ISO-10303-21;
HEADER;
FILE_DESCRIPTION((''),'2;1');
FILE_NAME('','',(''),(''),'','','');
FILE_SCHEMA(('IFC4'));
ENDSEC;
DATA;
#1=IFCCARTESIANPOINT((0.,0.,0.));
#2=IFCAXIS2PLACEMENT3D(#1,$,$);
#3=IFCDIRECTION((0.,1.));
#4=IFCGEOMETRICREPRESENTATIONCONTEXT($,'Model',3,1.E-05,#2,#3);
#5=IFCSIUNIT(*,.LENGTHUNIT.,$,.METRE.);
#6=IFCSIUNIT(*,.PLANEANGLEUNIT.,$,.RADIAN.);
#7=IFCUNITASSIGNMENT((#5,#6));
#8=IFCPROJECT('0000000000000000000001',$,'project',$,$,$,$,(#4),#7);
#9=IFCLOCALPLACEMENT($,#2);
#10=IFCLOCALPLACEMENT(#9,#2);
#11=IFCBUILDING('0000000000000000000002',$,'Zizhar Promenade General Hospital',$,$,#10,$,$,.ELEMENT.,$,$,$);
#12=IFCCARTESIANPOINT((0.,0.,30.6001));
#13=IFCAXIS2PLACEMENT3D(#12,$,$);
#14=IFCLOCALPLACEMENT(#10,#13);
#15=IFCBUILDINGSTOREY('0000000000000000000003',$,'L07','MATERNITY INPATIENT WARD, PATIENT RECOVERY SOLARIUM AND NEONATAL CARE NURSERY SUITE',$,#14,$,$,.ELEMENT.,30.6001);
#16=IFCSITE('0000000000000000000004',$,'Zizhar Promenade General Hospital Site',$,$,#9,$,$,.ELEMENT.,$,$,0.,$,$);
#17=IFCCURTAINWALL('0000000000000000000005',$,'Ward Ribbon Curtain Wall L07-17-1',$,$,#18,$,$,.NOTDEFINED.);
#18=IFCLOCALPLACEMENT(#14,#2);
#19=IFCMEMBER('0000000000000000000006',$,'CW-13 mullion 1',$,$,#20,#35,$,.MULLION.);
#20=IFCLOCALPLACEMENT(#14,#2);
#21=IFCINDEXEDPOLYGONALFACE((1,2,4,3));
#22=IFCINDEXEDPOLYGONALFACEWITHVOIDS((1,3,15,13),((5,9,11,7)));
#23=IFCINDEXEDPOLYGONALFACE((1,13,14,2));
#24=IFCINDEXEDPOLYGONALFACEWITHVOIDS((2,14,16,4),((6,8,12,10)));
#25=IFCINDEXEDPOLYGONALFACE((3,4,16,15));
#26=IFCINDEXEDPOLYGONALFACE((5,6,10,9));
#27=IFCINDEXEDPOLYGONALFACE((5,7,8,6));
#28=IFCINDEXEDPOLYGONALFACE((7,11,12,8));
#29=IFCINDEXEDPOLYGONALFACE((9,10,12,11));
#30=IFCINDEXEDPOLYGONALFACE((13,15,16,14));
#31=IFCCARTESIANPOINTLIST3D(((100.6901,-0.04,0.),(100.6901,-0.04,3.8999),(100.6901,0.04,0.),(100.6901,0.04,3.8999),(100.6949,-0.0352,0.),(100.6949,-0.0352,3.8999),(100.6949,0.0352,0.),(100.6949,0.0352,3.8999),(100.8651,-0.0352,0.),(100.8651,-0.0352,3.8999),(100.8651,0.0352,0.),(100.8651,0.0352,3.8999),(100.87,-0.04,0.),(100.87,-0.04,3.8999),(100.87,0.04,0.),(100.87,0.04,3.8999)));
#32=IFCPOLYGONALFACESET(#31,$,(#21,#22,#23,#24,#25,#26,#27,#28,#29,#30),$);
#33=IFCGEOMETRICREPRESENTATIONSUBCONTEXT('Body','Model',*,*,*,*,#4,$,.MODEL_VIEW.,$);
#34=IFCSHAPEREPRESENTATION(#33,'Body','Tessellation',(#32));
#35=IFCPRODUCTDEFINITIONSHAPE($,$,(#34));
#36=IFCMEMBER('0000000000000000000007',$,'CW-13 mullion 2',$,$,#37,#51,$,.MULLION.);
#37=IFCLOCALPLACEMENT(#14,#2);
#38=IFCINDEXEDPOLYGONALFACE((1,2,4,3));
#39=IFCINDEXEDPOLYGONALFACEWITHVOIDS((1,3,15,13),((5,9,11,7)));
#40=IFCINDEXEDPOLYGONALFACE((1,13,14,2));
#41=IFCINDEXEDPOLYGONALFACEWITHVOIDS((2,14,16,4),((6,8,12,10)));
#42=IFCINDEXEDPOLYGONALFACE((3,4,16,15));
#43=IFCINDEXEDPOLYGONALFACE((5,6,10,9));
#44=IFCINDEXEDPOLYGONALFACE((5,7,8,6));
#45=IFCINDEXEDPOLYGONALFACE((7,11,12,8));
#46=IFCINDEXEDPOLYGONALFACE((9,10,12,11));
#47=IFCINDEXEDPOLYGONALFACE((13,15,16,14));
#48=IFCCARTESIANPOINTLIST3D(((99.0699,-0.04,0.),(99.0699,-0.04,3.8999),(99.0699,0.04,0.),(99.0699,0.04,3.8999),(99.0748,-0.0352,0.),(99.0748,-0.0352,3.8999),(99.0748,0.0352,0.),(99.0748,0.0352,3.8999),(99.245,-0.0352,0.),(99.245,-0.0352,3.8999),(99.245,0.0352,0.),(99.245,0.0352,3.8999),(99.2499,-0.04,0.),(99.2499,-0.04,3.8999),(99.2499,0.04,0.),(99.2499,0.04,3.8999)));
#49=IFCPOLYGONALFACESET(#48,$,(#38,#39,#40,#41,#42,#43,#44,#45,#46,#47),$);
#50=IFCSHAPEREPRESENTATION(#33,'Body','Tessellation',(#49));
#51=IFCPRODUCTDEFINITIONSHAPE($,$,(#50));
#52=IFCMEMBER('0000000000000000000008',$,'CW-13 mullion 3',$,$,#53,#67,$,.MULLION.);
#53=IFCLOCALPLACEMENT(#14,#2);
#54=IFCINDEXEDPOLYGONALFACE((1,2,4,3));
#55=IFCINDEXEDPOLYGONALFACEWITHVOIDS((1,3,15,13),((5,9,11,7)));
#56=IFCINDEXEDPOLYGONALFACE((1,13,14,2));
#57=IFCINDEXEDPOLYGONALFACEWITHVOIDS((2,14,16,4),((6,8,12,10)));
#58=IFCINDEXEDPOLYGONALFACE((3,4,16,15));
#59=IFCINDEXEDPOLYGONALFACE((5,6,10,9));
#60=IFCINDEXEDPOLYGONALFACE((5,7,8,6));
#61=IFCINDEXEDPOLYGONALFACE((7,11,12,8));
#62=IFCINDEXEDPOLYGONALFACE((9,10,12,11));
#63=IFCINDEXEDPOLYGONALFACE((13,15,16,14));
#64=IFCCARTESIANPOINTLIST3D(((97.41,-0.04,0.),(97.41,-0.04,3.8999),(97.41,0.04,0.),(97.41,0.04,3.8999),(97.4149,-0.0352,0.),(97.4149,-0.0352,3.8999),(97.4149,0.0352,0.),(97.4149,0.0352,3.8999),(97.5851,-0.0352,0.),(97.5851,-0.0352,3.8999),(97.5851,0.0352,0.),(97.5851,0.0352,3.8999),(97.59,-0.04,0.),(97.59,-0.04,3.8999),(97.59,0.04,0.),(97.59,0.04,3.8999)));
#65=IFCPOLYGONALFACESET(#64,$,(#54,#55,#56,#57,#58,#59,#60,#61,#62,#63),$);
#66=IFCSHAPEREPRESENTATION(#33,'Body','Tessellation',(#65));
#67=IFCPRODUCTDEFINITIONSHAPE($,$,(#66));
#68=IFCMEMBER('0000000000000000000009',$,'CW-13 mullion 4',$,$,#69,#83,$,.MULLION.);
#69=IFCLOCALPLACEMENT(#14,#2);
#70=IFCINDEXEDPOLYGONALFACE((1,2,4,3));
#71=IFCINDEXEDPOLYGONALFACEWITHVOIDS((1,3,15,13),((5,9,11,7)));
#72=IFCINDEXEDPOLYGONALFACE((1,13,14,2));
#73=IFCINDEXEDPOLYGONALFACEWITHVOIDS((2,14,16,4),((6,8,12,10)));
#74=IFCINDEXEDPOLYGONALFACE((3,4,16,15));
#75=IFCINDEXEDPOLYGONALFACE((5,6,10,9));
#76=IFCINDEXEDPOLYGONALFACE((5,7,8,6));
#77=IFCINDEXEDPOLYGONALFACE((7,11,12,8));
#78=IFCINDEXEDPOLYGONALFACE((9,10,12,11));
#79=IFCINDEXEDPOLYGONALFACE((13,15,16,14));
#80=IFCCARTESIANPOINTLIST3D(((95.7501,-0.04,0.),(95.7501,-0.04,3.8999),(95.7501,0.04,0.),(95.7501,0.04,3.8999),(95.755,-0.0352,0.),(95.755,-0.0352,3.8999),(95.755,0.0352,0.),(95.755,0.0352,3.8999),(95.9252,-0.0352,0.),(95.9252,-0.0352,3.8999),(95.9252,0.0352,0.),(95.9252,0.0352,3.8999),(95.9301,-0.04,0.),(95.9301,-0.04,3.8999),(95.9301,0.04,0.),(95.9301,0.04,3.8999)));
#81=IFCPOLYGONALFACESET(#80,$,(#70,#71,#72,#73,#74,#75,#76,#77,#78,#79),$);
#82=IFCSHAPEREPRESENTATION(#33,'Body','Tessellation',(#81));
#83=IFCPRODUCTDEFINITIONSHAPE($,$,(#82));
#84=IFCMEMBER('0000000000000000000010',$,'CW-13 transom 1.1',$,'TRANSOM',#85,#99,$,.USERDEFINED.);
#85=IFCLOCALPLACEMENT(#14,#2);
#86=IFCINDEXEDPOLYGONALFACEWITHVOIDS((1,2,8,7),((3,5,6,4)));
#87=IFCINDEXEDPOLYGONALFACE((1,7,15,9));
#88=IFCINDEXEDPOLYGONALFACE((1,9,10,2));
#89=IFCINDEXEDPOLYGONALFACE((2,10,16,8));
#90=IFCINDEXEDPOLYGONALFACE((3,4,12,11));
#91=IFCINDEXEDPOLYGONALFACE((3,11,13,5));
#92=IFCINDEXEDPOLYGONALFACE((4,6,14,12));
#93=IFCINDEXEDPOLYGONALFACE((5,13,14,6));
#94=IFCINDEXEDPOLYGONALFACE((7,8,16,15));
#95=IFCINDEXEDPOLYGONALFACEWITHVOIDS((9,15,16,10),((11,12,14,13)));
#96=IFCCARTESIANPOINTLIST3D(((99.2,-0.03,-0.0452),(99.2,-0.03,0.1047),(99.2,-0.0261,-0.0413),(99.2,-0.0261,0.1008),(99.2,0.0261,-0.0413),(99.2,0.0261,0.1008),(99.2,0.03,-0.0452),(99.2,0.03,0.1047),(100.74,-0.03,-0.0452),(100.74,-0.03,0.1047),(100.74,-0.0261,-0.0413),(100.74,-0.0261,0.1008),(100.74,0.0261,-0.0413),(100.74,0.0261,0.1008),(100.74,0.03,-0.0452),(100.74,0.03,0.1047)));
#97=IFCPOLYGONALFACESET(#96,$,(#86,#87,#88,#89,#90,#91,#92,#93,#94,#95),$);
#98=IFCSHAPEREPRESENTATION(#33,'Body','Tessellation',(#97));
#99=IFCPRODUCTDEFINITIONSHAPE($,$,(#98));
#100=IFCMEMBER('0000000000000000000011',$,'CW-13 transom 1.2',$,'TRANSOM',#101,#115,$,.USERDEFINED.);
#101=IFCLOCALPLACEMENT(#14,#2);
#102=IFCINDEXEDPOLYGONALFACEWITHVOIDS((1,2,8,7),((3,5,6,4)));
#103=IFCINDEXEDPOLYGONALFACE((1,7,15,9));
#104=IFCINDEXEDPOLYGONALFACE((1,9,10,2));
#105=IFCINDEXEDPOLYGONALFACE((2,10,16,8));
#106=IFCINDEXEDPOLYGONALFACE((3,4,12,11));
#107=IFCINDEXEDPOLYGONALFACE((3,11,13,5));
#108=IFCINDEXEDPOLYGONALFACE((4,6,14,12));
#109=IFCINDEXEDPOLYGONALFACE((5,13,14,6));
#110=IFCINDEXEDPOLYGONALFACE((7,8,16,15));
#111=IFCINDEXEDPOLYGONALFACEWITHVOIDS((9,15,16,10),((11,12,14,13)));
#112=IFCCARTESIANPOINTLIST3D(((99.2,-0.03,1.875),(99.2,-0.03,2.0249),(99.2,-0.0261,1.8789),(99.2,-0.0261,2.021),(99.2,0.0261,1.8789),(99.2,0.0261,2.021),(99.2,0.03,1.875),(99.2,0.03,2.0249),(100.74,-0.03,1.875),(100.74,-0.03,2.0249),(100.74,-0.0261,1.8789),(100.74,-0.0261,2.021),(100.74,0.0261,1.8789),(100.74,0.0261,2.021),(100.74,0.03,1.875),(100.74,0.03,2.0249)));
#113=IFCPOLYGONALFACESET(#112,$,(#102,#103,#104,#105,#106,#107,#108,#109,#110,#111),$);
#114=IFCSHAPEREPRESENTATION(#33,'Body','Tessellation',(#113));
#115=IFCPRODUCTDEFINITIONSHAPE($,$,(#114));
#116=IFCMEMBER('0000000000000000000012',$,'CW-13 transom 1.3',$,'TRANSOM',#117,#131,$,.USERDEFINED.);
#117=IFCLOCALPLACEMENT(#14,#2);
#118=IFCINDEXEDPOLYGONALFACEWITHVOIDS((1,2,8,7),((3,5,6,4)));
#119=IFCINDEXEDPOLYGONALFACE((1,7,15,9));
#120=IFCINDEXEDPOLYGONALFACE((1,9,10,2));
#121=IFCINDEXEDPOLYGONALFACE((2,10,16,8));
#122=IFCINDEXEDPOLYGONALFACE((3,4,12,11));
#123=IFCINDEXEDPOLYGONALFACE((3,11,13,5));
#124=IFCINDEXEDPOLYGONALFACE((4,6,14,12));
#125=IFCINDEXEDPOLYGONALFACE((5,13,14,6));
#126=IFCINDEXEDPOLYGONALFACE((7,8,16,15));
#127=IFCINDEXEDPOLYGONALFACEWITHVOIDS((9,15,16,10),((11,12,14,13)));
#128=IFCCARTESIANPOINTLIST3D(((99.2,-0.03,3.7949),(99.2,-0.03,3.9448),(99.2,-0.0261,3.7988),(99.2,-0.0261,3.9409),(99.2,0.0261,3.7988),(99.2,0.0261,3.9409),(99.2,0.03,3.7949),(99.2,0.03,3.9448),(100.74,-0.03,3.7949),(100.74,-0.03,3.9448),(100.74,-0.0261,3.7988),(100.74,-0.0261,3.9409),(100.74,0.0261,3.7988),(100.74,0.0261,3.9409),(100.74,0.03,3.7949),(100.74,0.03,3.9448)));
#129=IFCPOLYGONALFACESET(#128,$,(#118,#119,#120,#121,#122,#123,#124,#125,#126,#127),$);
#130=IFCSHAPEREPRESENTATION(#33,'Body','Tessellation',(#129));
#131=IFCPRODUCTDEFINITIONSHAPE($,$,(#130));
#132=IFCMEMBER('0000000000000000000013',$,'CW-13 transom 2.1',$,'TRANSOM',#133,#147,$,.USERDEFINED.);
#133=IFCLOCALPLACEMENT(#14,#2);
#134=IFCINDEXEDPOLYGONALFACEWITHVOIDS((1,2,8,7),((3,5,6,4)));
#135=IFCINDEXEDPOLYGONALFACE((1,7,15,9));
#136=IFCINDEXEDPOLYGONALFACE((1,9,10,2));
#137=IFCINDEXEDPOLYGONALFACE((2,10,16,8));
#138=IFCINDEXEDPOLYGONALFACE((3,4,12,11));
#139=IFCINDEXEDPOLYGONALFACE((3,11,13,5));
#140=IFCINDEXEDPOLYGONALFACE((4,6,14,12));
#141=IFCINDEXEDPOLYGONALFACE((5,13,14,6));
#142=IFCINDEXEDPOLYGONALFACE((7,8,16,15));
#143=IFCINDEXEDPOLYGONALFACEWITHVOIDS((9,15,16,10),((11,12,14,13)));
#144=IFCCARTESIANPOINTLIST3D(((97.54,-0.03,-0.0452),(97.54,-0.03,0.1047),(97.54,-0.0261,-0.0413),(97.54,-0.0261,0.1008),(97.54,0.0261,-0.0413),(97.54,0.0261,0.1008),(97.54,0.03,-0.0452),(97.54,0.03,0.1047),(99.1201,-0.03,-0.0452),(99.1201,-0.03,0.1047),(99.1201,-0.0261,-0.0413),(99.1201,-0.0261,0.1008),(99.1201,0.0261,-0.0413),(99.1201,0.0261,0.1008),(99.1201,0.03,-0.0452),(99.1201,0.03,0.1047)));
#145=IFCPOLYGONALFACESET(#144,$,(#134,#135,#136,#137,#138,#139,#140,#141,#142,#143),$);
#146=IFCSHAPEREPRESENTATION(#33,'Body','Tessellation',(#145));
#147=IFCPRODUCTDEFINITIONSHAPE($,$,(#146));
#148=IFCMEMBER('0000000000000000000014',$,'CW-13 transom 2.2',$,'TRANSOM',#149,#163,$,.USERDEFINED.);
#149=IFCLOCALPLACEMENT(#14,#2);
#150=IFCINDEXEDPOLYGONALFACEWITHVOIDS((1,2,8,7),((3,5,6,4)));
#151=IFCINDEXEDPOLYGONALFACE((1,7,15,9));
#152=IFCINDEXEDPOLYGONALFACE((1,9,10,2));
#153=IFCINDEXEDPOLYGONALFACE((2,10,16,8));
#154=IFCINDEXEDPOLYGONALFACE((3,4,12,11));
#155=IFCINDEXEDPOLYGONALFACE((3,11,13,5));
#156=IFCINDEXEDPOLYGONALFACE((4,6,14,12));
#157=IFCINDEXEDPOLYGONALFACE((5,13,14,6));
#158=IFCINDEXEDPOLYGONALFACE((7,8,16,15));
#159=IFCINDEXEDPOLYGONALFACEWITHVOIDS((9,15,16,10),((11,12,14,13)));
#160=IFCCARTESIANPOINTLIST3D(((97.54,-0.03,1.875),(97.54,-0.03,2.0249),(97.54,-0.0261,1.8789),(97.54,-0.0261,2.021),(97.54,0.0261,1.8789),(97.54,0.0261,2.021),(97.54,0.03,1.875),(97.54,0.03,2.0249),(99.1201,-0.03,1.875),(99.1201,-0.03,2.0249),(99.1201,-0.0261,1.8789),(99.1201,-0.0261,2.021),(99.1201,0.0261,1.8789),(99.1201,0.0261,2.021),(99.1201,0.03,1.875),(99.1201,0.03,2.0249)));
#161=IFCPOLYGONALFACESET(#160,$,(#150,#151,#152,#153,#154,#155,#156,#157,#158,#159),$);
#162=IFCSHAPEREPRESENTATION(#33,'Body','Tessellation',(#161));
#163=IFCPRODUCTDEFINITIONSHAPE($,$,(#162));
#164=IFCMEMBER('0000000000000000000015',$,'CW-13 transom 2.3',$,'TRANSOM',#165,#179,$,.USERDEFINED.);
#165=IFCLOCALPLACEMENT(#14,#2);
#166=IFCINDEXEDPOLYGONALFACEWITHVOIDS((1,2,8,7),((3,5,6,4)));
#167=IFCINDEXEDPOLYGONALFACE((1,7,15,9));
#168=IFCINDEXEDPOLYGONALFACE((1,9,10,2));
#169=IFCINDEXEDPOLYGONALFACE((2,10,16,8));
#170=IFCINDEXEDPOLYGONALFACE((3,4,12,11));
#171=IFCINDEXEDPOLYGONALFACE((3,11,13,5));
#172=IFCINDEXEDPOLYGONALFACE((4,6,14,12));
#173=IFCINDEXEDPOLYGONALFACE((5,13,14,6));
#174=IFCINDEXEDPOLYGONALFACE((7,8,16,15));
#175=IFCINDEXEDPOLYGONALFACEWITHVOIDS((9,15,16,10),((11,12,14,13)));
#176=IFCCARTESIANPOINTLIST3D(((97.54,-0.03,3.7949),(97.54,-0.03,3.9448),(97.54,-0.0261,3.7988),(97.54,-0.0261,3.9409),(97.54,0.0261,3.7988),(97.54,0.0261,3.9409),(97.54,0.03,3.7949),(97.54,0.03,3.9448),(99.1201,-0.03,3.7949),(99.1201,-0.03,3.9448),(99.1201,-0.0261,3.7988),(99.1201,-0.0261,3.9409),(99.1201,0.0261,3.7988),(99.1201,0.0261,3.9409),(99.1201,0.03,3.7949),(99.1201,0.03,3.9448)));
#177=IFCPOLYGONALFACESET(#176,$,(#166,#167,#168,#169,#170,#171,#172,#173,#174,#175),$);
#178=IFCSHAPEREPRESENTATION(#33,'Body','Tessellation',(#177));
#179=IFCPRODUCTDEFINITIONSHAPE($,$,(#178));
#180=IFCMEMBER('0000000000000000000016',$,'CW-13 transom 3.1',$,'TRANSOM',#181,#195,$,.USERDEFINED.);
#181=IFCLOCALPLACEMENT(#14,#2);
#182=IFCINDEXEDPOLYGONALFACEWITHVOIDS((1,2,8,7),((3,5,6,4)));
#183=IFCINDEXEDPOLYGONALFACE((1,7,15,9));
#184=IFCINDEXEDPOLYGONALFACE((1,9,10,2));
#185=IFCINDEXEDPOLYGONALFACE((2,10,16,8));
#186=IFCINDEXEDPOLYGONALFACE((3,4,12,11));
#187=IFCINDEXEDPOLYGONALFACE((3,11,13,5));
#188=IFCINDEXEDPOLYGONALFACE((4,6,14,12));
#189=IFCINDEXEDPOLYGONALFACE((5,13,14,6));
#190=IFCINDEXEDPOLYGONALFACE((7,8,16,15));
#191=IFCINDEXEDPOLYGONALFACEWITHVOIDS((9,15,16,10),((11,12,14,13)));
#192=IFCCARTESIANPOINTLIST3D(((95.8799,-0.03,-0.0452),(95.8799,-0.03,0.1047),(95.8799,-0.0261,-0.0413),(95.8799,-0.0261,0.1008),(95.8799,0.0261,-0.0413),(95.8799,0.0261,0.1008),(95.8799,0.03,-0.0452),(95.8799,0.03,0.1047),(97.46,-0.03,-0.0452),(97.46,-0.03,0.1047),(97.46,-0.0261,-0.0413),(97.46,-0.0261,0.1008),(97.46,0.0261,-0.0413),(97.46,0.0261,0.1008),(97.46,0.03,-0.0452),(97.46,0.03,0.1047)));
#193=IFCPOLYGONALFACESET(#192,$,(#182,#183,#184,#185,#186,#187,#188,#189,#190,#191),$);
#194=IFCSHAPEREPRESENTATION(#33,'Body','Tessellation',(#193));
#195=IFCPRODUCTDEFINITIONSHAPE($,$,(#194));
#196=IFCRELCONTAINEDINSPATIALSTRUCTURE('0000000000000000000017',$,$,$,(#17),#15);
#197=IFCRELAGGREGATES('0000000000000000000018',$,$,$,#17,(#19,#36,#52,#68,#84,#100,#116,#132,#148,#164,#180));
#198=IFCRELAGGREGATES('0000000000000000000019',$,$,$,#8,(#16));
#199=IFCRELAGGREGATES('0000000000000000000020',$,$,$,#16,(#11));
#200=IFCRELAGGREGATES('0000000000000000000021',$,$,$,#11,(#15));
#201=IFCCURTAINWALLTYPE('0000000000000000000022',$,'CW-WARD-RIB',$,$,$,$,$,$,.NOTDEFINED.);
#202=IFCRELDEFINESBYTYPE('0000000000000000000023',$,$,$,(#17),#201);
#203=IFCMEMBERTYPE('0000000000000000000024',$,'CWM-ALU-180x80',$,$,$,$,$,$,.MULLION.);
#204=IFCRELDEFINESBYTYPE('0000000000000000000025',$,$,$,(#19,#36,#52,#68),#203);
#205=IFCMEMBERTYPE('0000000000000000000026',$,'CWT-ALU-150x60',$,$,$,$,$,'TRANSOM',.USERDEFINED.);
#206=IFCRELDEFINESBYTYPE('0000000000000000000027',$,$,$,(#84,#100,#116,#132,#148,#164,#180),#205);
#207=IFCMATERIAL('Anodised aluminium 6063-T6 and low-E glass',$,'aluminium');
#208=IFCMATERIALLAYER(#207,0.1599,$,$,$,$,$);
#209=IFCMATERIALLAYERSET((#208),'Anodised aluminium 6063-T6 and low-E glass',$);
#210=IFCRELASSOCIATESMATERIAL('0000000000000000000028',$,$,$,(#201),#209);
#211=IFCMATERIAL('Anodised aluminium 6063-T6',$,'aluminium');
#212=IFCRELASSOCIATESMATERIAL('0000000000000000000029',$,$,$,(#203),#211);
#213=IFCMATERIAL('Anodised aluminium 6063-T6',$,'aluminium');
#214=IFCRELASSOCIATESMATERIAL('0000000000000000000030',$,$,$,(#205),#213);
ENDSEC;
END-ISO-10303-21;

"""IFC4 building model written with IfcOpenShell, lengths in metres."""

from ifc_helpers import new_model, si_unit, direction, frame, origin, origin_2d, place, context, subcontext, project, spatial, hollow_rectangle, extrude, material, layer, layer_set, material_profile, profile_set, type_object, element, aggregate, save


model = new_model("IFC4")

# Units and contexts
model_context = context("Model", 3, precision=1e-05, world=origin(), true_north=direction((0.0, 1.0)))
body_context = subcontext(model_context, "Body", "Model", "MODEL_VIEW")
ifc_project = project(units=[si_unit("LENGTHUNIT", "METRE"), si_unit("PLANEANGLEUNIT", "RADIAN")], contexts=[model_context])

# Site, building, storey
site_placement = place(None, origin())
site = spatial("IfcSite", under=ifc_project, at=site_placement, Name="Zizhar Promenade General Hospital Site", CompositionType="ELEMENT", RefElevation=0.0)
building_placement = place(site_placement, origin())
building = spatial("IfcBuilding", under=site, at=building_placement, Name="Zizhar Promenade General Hospital", CompositionType="ELEMENT")
storey_placement = place(building_placement, frame((0.0, 0.0, 30.6001)))
storey = spatial("IfcBuildingStorey", under=building, at=storey_placement, Name="L07", Description="MATERNITY INPATIENT WARD, PATIENT RECOVERY SOLARIUM AND NEONATAL CARE NURSERY SUITE", CompositionType="ELEMENT", Elevation=30.6001)

# Curtain wall, members
ifc_material_1 = material(Name="Anodised aluminium 6063-T6 and low-E glass", Category="aluminium")
ifc_layer_1 = layer(ifc_material_1, 0.1599)
ifc_layer_set_1 = layer_set([ifc_layer_1], Name="Anodised aluminium 6063-T6 and low-E glass")
curtain_wall_type = type_object("IfcCurtainWallType", Name="CW-WARD-RIB", PredefinedType="NOTDEFINED", material=ifc_layer_set_1)
curtain_wall_placement = place(storey_placement, origin())
curtain_wall = element("IfcCurtainWall", 1, at=curtain_wall_placement, inside=storey, type_object=curtain_wall_type, Name="Ward Ribbon Curtain Wall L07-17-1", PredefinedType="NOTDEFINED")
ifc_material_2 = material(Name="Anodised aluminium 6063-T6", Category="aluminium")
ifc_material_profile_1 = material_profile(ifc_material_2, hollow_rectangle(XDim=0.0801, YDim=0.1799, WallThickness=0.0049, at=origin_2d()))
ifc_profile_set_1 = profile_set([ifc_material_profile_1], Name="Anodised aluminium 6063-T6")
member_type_1 = type_object("IfcMemberType", Name="CWM-ALU-180x80", PredefinedType="MULLION", material=ifc_profile_set_1)
member_1_placement = place(storey_placement, frame((100.78, 0.0, 0.0), z_axis=(0.0, 0.0, 1.0), x_axis=(0.0, -1.0, 0.0)))
member_1 = element("IfcMember", 2, at=member_1_placement, type_object=member_type_1, Name="CW-13 mullion 1", PredefinedType="MULLION", context=body_context, shape_type="SweptSolid", body=[
    extrude(hollow_rectangle(XDim=0.0801, YDim=0.1799, WallThickness=0.0049, at=origin_2d()), origin(), (0.0, 0.0, 1.0), 3.8999),
])
member_2_placement = place(storey_placement, frame((99.1599, 0.0, 0.0), z_axis=(0.0, 0.0, 1.0), x_axis=(0.0, -1.0, 0.0)))
member_2 = element("IfcMember", 3, at=member_2_placement, type_object=member_type_1, Name="CW-13 mullion 2", PredefinedType="MULLION", context=body_context, shape_type="SweptSolid", body=[
    extrude(hollow_rectangle(XDim=0.0801, YDim=0.1799, WallThickness=0.0049, at=origin_2d()), origin(), (0.0, 0.0, 1.0), 3.8999),
])
member_3_placement = place(storey_placement, frame((97.5, 0.0, 0.0), z_axis=(0.0, 0.0, 1.0), x_axis=(0.0, -1.0, 0.0)))
member_3 = element("IfcMember", 4, at=member_3_placement, type_object=member_type_1, Name="CW-13 mullion 3", PredefinedType="MULLION", context=body_context, shape_type="SweptSolid", body=[
    extrude(hollow_rectangle(XDim=0.0801, YDim=0.1799, WallThickness=0.0049, at=origin_2d()), origin(), (0.0, 0.0, 1.0), 3.8999),
])
member_4_placement = place(storey_placement, frame((95.8401, 0.0, 0.0), z_axis=(0.0, 0.0, 1.0), x_axis=(0.0, -1.0, 0.0)))
member_4 = element("IfcMember", 5, at=member_4_placement, type_object=member_type_1, Name="CW-13 mullion 4", PredefinedType="MULLION", context=body_context, shape_type="SweptSolid", body=[
    extrude(hollow_rectangle(XDim=0.0801, YDim=0.1799, WallThickness=0.0049, at=origin_2d()), origin(), (0.0, 0.0, 1.0), 3.8999),
])
ifc_material_3 = material(Name="Anodised aluminium 6063-T6", Category="aluminium")
ifc_material_profile_2 = material_profile(ifc_material_3, hollow_rectangle(XDim=0.0601, YDim=0.1499, WallThickness=0.0039, at=origin_2d()))
ifc_profile_set_2 = profile_set([ifc_material_profile_2], Name="Anodised aluminium 6063-T6")
member_type_2 = type_object("IfcMemberType", Name="CWT-ALU-150x60", ElementType="TRANSOM", PredefinedType="USERDEFINED", material=ifc_profile_set_2)
member_5_placement = place(storey_placement, frame((100.74, 0.0, 0.0298), z_axis=(-1.0, 0.0, 0.0), x_axis=(0.0, -1.0, 0.0)))
member_5 = element("IfcMember", 6, at=member_5_placement, type_object=member_type_2, Name="CW-13 transom 1.1", ObjectType="TRANSOM", PredefinedType="USERDEFINED", context=body_context, shape_type="SweptSolid", body=[
    extrude(hollow_rectangle(XDim=0.0601, YDim=0.1499, WallThickness=0.0039, at=origin_2d()), origin(), (0.0, 0.0, 1.0), 1.54),
])
member_6_placement = place(storey_placement, frame((100.74, 0.0, 1.95), z_axis=(-1.0, 0.0, 0.0), x_axis=(0.0, -1.0, 0.0)))
member_6 = element("IfcMember", 7, at=member_6_placement, type_object=member_type_2, Name="CW-13 transom 1.2", ObjectType="TRANSOM", PredefinedType="USERDEFINED", context=body_context, shape_type="SweptSolid", body=[
    extrude(hollow_rectangle(XDim=0.0601, YDim=0.1499, WallThickness=0.0039, at=origin_2d()), origin(), (0.0, 0.0, 1.0), 1.54),
])
member_7_placement = place(storey_placement, frame((100.74, 0.0, 3.8699), z_axis=(-1.0, 0.0, 0.0), x_axis=(0.0, -1.0, 0.0)))
member_7 = element("IfcMember", 8, at=member_7_placement, type_object=member_type_2, Name="CW-13 transom 1.3", ObjectType="TRANSOM", PredefinedType="USERDEFINED", context=body_context, shape_type="SweptSolid", body=[
    extrude(hollow_rectangle(XDim=0.0601, YDim=0.1499, WallThickness=0.0039, at=origin_2d()), origin(), (0.0, 0.0, 1.0), 1.54),
])
member_8_placement = place(storey_placement, frame((99.1201, 0.0, 0.0298), z_axis=(-1.0, 0.0, 0.0), x_axis=(0.0, -1.0, 0.0)))
member_8 = element("IfcMember", 9, at=member_8_placement, type_object=member_type_2, Name="CW-13 transom 2.1", ObjectType="TRANSOM", PredefinedType="USERDEFINED", context=body_context, shape_type="SweptSolid", body=[
    extrude(hollow_rectangle(XDim=0.0601, YDim=0.1499, WallThickness=0.0039, at=origin_2d()), origin(), (0.0, 0.0, 1.0), 1.5801),
])
member_9_placement = place(storey_placement, frame((99.1201, 0.0, 1.95), z_axis=(-1.0, 0.0, 0.0), x_axis=(0.0, -1.0, 0.0)))
member_9 = element("IfcMember", 10, at=member_9_placement, type_object=member_type_2, Name="CW-13 transom 2.2", ObjectType="TRANSOM", PredefinedType="USERDEFINED", context=body_context, shape_type="SweptSolid", body=[
    extrude(hollow_rectangle(XDim=0.0601, YDim=0.1499, WallThickness=0.0039, at=origin_2d()), origin(), (0.0, 0.0, 1.0), 1.5801),
])
member_10_placement = place(storey_placement, frame((99.1201, 0.0, 3.8699), z_axis=(-1.0, 0.0, 0.0), x_axis=(0.0, -1.0, 0.0)))
member_10 = element("IfcMember", 11, at=member_10_placement, type_object=member_type_2, Name="CW-13 transom 2.3", ObjectType="TRANSOM", PredefinedType="USERDEFINED", context=body_context, shape_type="SweptSolid", body=[
    extrude(hollow_rectangle(XDim=0.0601, YDim=0.1499, WallThickness=0.0039, at=origin_2d()), origin(), (0.0, 0.0, 1.0), 1.5801),
])
member_11_placement = place(storey_placement, frame((97.46, 0.0, 0.0298), z_axis=(-1.0, 0.0, 0.0), x_axis=(0.0, -1.0, 0.0)))
member_11 = element("IfcMember", 12, at=member_11_placement, type_object=member_type_2, Name="CW-13 transom 3.1", ObjectType="TRANSOM", PredefinedType="USERDEFINED", context=body_context, shape_type="SweptSolid", body=[
    extrude(hollow_rectangle(XDim=0.0601, YDim=0.1499, WallThickness=0.0039, at=origin_2d()), origin(), (0.0, 0.0, 1.0), 1.5801),
])
aggregate(curtain_wall, [member_1, member_2, member_3, member_4, member_5, member_6, member_7, member_8, member_9, member_10, member_11])

save(model, "model.ifc")
